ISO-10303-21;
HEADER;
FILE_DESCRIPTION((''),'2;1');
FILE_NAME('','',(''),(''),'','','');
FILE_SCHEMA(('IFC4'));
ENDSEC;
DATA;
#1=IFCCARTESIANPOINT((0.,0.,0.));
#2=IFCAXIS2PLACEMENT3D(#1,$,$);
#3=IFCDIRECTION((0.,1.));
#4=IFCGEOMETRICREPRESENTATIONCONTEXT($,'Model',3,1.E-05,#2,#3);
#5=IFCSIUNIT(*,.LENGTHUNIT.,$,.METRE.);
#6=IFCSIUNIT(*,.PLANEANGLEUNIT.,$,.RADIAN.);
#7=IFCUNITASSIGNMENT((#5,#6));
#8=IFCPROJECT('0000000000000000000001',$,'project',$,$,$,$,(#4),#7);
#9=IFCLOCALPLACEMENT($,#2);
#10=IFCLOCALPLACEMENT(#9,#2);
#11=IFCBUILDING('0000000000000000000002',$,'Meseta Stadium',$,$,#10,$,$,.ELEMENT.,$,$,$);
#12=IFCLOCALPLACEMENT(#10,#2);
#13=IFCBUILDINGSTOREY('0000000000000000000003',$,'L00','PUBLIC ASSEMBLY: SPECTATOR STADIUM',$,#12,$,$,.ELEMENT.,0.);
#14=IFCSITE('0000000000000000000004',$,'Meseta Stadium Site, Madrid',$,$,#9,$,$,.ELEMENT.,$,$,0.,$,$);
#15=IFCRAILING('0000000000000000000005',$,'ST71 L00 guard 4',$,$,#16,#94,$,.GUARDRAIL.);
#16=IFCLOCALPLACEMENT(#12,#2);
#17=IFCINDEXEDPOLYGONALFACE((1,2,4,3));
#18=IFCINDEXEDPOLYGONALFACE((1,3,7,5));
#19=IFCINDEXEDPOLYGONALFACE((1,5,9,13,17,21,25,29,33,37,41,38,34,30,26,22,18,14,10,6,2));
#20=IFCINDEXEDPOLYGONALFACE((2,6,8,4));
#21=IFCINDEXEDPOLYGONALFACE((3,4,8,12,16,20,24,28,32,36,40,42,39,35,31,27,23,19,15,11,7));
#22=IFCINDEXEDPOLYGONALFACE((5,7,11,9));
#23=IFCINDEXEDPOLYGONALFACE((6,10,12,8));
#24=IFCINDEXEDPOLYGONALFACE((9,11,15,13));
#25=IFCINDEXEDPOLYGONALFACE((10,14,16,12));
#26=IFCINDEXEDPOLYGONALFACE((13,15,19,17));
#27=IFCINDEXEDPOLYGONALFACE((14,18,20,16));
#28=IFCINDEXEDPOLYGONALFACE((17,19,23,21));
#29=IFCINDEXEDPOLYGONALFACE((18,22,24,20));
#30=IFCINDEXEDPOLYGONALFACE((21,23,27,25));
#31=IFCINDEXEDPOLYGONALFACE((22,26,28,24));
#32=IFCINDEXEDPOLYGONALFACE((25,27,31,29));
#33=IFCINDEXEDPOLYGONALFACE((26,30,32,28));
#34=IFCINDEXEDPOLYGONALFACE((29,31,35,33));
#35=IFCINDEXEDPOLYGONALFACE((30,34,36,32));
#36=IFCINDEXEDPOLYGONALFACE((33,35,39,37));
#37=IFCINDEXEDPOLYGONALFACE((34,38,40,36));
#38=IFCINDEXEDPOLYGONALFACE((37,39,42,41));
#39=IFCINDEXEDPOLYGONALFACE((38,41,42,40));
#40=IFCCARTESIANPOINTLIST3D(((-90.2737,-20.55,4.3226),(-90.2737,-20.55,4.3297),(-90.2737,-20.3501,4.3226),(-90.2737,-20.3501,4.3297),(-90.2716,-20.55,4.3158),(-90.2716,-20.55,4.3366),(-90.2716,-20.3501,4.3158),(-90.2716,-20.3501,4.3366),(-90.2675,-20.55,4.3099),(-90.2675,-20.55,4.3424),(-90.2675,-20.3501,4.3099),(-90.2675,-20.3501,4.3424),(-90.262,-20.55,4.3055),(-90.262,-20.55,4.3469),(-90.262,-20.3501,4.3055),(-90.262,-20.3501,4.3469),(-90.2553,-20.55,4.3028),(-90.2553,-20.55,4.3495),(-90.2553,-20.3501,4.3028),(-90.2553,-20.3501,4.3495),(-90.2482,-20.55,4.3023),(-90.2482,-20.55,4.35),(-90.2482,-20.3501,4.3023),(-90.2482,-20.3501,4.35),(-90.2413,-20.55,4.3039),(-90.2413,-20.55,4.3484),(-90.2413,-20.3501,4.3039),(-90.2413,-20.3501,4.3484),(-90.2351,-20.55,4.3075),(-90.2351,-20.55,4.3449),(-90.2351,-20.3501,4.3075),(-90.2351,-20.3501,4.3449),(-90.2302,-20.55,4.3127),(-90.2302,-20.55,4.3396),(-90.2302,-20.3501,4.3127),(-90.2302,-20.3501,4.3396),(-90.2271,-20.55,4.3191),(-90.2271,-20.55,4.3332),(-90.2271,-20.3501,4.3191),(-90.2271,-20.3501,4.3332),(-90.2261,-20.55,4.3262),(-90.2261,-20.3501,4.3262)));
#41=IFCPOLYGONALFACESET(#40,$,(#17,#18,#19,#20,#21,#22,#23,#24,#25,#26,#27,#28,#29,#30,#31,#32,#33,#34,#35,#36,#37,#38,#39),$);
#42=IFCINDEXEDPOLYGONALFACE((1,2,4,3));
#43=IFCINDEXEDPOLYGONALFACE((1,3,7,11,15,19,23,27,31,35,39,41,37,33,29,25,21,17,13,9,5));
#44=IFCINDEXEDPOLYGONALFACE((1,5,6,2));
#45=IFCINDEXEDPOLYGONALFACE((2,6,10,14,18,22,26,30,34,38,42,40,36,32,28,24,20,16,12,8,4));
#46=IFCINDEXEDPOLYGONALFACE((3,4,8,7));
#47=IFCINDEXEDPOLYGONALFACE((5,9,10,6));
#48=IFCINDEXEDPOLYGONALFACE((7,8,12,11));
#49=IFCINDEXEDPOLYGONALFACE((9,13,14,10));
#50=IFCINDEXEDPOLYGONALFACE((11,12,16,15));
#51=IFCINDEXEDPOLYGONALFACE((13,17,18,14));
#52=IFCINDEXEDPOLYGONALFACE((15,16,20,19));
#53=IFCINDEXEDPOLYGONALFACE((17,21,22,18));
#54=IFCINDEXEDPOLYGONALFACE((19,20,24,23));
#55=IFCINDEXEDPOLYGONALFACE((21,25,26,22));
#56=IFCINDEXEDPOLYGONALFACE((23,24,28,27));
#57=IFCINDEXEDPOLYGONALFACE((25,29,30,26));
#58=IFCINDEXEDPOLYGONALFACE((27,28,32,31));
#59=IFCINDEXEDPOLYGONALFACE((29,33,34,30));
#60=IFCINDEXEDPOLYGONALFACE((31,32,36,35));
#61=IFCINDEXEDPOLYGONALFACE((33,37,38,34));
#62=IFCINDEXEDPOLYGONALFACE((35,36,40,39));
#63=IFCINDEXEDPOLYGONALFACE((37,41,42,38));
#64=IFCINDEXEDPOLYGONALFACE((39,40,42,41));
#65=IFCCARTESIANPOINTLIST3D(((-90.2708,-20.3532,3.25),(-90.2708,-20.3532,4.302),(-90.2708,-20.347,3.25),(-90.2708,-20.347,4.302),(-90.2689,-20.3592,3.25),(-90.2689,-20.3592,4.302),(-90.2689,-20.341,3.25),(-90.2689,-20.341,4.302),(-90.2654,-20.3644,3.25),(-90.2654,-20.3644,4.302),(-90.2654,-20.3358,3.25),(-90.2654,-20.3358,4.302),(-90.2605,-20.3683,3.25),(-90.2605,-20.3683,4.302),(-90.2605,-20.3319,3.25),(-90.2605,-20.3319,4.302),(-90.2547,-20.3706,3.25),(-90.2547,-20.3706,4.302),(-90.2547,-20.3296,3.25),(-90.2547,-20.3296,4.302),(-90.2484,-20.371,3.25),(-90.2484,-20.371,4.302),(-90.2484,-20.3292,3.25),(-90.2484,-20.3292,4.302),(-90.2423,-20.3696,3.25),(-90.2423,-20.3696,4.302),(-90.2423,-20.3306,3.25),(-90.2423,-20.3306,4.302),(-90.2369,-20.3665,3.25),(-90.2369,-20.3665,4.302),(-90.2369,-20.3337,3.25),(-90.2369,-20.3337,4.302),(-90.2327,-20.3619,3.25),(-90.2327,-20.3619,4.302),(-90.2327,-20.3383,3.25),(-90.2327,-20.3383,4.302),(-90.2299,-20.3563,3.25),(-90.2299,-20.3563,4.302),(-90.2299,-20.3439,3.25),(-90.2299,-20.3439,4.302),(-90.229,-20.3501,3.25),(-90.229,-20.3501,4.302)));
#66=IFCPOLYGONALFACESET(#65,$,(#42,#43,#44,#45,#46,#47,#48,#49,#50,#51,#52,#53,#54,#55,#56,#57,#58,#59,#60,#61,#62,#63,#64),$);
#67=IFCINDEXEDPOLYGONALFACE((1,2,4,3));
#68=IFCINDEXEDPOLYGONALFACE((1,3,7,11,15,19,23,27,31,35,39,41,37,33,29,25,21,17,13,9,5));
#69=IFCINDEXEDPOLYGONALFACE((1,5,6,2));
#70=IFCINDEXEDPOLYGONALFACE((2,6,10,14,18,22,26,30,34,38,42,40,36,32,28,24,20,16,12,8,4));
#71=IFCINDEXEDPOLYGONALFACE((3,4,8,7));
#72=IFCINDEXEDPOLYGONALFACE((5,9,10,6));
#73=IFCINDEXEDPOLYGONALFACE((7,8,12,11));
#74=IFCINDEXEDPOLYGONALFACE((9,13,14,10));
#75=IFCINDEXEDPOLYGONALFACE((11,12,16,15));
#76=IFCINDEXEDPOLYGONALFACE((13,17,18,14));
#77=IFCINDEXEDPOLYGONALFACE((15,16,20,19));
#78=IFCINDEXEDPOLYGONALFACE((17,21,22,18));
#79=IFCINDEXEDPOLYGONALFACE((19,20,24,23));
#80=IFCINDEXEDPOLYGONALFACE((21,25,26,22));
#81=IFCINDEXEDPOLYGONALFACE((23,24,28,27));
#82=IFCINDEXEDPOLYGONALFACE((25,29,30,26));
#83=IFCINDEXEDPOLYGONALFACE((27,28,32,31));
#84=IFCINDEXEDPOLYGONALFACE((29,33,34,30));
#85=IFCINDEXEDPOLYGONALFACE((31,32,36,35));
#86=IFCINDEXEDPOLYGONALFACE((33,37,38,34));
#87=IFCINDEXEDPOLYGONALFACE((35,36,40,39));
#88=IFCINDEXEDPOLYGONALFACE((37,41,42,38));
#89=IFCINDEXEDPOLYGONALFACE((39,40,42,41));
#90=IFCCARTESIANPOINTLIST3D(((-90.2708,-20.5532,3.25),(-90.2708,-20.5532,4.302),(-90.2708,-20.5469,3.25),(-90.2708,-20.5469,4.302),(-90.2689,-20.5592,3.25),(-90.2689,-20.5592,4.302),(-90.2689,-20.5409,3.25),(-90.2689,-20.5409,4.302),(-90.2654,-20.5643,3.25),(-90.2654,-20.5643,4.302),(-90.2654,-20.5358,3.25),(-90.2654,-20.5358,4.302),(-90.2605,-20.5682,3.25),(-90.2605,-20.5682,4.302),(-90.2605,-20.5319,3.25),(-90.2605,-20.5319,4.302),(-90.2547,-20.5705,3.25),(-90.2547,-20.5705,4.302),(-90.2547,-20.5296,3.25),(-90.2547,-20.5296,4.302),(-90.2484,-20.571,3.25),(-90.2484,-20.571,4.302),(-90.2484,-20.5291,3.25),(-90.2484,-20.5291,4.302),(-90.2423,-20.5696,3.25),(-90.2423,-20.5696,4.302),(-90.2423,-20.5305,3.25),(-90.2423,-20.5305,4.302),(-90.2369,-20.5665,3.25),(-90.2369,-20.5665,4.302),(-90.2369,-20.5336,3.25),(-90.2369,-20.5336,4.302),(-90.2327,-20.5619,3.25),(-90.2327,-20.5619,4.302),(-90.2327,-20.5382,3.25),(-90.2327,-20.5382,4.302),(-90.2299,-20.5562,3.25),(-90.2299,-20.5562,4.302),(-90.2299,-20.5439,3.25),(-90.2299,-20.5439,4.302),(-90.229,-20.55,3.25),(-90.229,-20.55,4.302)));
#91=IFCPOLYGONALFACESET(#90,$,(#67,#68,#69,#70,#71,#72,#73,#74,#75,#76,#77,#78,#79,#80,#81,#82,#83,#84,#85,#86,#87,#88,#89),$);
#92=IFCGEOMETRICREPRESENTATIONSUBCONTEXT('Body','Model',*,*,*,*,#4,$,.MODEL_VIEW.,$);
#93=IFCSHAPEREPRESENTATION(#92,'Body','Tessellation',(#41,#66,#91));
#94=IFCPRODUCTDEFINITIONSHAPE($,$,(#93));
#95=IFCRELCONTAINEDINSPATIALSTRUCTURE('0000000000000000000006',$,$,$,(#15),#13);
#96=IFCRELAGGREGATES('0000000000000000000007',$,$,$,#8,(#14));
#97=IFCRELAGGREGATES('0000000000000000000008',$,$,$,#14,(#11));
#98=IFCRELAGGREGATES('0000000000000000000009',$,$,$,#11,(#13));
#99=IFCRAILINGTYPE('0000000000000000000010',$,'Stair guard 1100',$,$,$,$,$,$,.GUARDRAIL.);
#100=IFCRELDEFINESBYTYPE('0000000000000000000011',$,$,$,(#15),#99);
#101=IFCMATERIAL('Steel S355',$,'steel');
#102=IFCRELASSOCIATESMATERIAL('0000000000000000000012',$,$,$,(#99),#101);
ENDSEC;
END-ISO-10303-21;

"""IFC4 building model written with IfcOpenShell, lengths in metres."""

from ifc_helpers import new_model, si_unit, direction, frame, origin, origin_2d, place, context, subcontext, project, spatial, circle, extrude, material, type_object, element, save


model = new_model("IFC4")

# Units and contexts
model_context = context("Model", 3, precision=1e-05, world=origin(), true_north=direction((0.0, 1.0)))
body_context = subcontext(model_context, "Body", "Model", "MODEL_VIEW")
ifc_project = project(units=[si_unit("LENGTHUNIT", "METRE"), si_unit("PLANEANGLEUNIT", "RADIAN")], contexts=[model_context])

# Site, building, storey
site_placement = place(None, origin())
site = spatial("IfcSite", under=ifc_project, at=site_placement, Name="Meseta Stadium Site, Madrid", CompositionType="ELEMENT", RefElevation=0.0)
building_placement = place(site_placement, origin())
building = spatial("IfcBuilding", under=site, at=building_placement, Name="Meseta Stadium", CompositionType="ELEMENT")
storey_placement = place(building_placement, origin())
storey = spatial("IfcBuildingStorey", under=building, at=storey_placement, Name="L00", Description="PUBLIC ASSEMBLY: SPECTATOR STADIUM", CompositionType="ELEMENT", Elevation=0.0)

# Railing
ifc_material_1 = material(Name="Steel S355", Category="steel")
railing_type_1 = type_object("IfcRailingType", Name="Stair guard 1100", PredefinedType="GUARDRAIL", material=ifc_material_1)
railing_1_placement = place(storey_placement, frame((-90.25, -20.3501, 3.25)))
element("IfcRailing", 1, at=railing_1_placement, inside=storey, type_object=railing_type_1, Name="ST71 L00 guard 4", PredefinedType="GUARDRAIL", context=body_context, shape_type="SweptSolid", body=[
    extrude(circle(Radius=0.0239, at=origin_2d()), frame((0.0, 0.0, 1.0762), z_axis=(0.0, -1.0, 0.0), x_axis=(1.0, 0.0, 0.0)), (0.0, 0.0, 1.0), 0.2),
    extrude(circle(Radius=0.021, at=origin_2d()), origin(), (0.0, 0.0, 1.0), 1.052),
    extrude(circle(Radius=0.021, at=origin_2d()), frame((0.0, -0.2, 0.0)), (0.0, 0.0, 1.0), 1.052),
])

save(model, "model.ifc")
